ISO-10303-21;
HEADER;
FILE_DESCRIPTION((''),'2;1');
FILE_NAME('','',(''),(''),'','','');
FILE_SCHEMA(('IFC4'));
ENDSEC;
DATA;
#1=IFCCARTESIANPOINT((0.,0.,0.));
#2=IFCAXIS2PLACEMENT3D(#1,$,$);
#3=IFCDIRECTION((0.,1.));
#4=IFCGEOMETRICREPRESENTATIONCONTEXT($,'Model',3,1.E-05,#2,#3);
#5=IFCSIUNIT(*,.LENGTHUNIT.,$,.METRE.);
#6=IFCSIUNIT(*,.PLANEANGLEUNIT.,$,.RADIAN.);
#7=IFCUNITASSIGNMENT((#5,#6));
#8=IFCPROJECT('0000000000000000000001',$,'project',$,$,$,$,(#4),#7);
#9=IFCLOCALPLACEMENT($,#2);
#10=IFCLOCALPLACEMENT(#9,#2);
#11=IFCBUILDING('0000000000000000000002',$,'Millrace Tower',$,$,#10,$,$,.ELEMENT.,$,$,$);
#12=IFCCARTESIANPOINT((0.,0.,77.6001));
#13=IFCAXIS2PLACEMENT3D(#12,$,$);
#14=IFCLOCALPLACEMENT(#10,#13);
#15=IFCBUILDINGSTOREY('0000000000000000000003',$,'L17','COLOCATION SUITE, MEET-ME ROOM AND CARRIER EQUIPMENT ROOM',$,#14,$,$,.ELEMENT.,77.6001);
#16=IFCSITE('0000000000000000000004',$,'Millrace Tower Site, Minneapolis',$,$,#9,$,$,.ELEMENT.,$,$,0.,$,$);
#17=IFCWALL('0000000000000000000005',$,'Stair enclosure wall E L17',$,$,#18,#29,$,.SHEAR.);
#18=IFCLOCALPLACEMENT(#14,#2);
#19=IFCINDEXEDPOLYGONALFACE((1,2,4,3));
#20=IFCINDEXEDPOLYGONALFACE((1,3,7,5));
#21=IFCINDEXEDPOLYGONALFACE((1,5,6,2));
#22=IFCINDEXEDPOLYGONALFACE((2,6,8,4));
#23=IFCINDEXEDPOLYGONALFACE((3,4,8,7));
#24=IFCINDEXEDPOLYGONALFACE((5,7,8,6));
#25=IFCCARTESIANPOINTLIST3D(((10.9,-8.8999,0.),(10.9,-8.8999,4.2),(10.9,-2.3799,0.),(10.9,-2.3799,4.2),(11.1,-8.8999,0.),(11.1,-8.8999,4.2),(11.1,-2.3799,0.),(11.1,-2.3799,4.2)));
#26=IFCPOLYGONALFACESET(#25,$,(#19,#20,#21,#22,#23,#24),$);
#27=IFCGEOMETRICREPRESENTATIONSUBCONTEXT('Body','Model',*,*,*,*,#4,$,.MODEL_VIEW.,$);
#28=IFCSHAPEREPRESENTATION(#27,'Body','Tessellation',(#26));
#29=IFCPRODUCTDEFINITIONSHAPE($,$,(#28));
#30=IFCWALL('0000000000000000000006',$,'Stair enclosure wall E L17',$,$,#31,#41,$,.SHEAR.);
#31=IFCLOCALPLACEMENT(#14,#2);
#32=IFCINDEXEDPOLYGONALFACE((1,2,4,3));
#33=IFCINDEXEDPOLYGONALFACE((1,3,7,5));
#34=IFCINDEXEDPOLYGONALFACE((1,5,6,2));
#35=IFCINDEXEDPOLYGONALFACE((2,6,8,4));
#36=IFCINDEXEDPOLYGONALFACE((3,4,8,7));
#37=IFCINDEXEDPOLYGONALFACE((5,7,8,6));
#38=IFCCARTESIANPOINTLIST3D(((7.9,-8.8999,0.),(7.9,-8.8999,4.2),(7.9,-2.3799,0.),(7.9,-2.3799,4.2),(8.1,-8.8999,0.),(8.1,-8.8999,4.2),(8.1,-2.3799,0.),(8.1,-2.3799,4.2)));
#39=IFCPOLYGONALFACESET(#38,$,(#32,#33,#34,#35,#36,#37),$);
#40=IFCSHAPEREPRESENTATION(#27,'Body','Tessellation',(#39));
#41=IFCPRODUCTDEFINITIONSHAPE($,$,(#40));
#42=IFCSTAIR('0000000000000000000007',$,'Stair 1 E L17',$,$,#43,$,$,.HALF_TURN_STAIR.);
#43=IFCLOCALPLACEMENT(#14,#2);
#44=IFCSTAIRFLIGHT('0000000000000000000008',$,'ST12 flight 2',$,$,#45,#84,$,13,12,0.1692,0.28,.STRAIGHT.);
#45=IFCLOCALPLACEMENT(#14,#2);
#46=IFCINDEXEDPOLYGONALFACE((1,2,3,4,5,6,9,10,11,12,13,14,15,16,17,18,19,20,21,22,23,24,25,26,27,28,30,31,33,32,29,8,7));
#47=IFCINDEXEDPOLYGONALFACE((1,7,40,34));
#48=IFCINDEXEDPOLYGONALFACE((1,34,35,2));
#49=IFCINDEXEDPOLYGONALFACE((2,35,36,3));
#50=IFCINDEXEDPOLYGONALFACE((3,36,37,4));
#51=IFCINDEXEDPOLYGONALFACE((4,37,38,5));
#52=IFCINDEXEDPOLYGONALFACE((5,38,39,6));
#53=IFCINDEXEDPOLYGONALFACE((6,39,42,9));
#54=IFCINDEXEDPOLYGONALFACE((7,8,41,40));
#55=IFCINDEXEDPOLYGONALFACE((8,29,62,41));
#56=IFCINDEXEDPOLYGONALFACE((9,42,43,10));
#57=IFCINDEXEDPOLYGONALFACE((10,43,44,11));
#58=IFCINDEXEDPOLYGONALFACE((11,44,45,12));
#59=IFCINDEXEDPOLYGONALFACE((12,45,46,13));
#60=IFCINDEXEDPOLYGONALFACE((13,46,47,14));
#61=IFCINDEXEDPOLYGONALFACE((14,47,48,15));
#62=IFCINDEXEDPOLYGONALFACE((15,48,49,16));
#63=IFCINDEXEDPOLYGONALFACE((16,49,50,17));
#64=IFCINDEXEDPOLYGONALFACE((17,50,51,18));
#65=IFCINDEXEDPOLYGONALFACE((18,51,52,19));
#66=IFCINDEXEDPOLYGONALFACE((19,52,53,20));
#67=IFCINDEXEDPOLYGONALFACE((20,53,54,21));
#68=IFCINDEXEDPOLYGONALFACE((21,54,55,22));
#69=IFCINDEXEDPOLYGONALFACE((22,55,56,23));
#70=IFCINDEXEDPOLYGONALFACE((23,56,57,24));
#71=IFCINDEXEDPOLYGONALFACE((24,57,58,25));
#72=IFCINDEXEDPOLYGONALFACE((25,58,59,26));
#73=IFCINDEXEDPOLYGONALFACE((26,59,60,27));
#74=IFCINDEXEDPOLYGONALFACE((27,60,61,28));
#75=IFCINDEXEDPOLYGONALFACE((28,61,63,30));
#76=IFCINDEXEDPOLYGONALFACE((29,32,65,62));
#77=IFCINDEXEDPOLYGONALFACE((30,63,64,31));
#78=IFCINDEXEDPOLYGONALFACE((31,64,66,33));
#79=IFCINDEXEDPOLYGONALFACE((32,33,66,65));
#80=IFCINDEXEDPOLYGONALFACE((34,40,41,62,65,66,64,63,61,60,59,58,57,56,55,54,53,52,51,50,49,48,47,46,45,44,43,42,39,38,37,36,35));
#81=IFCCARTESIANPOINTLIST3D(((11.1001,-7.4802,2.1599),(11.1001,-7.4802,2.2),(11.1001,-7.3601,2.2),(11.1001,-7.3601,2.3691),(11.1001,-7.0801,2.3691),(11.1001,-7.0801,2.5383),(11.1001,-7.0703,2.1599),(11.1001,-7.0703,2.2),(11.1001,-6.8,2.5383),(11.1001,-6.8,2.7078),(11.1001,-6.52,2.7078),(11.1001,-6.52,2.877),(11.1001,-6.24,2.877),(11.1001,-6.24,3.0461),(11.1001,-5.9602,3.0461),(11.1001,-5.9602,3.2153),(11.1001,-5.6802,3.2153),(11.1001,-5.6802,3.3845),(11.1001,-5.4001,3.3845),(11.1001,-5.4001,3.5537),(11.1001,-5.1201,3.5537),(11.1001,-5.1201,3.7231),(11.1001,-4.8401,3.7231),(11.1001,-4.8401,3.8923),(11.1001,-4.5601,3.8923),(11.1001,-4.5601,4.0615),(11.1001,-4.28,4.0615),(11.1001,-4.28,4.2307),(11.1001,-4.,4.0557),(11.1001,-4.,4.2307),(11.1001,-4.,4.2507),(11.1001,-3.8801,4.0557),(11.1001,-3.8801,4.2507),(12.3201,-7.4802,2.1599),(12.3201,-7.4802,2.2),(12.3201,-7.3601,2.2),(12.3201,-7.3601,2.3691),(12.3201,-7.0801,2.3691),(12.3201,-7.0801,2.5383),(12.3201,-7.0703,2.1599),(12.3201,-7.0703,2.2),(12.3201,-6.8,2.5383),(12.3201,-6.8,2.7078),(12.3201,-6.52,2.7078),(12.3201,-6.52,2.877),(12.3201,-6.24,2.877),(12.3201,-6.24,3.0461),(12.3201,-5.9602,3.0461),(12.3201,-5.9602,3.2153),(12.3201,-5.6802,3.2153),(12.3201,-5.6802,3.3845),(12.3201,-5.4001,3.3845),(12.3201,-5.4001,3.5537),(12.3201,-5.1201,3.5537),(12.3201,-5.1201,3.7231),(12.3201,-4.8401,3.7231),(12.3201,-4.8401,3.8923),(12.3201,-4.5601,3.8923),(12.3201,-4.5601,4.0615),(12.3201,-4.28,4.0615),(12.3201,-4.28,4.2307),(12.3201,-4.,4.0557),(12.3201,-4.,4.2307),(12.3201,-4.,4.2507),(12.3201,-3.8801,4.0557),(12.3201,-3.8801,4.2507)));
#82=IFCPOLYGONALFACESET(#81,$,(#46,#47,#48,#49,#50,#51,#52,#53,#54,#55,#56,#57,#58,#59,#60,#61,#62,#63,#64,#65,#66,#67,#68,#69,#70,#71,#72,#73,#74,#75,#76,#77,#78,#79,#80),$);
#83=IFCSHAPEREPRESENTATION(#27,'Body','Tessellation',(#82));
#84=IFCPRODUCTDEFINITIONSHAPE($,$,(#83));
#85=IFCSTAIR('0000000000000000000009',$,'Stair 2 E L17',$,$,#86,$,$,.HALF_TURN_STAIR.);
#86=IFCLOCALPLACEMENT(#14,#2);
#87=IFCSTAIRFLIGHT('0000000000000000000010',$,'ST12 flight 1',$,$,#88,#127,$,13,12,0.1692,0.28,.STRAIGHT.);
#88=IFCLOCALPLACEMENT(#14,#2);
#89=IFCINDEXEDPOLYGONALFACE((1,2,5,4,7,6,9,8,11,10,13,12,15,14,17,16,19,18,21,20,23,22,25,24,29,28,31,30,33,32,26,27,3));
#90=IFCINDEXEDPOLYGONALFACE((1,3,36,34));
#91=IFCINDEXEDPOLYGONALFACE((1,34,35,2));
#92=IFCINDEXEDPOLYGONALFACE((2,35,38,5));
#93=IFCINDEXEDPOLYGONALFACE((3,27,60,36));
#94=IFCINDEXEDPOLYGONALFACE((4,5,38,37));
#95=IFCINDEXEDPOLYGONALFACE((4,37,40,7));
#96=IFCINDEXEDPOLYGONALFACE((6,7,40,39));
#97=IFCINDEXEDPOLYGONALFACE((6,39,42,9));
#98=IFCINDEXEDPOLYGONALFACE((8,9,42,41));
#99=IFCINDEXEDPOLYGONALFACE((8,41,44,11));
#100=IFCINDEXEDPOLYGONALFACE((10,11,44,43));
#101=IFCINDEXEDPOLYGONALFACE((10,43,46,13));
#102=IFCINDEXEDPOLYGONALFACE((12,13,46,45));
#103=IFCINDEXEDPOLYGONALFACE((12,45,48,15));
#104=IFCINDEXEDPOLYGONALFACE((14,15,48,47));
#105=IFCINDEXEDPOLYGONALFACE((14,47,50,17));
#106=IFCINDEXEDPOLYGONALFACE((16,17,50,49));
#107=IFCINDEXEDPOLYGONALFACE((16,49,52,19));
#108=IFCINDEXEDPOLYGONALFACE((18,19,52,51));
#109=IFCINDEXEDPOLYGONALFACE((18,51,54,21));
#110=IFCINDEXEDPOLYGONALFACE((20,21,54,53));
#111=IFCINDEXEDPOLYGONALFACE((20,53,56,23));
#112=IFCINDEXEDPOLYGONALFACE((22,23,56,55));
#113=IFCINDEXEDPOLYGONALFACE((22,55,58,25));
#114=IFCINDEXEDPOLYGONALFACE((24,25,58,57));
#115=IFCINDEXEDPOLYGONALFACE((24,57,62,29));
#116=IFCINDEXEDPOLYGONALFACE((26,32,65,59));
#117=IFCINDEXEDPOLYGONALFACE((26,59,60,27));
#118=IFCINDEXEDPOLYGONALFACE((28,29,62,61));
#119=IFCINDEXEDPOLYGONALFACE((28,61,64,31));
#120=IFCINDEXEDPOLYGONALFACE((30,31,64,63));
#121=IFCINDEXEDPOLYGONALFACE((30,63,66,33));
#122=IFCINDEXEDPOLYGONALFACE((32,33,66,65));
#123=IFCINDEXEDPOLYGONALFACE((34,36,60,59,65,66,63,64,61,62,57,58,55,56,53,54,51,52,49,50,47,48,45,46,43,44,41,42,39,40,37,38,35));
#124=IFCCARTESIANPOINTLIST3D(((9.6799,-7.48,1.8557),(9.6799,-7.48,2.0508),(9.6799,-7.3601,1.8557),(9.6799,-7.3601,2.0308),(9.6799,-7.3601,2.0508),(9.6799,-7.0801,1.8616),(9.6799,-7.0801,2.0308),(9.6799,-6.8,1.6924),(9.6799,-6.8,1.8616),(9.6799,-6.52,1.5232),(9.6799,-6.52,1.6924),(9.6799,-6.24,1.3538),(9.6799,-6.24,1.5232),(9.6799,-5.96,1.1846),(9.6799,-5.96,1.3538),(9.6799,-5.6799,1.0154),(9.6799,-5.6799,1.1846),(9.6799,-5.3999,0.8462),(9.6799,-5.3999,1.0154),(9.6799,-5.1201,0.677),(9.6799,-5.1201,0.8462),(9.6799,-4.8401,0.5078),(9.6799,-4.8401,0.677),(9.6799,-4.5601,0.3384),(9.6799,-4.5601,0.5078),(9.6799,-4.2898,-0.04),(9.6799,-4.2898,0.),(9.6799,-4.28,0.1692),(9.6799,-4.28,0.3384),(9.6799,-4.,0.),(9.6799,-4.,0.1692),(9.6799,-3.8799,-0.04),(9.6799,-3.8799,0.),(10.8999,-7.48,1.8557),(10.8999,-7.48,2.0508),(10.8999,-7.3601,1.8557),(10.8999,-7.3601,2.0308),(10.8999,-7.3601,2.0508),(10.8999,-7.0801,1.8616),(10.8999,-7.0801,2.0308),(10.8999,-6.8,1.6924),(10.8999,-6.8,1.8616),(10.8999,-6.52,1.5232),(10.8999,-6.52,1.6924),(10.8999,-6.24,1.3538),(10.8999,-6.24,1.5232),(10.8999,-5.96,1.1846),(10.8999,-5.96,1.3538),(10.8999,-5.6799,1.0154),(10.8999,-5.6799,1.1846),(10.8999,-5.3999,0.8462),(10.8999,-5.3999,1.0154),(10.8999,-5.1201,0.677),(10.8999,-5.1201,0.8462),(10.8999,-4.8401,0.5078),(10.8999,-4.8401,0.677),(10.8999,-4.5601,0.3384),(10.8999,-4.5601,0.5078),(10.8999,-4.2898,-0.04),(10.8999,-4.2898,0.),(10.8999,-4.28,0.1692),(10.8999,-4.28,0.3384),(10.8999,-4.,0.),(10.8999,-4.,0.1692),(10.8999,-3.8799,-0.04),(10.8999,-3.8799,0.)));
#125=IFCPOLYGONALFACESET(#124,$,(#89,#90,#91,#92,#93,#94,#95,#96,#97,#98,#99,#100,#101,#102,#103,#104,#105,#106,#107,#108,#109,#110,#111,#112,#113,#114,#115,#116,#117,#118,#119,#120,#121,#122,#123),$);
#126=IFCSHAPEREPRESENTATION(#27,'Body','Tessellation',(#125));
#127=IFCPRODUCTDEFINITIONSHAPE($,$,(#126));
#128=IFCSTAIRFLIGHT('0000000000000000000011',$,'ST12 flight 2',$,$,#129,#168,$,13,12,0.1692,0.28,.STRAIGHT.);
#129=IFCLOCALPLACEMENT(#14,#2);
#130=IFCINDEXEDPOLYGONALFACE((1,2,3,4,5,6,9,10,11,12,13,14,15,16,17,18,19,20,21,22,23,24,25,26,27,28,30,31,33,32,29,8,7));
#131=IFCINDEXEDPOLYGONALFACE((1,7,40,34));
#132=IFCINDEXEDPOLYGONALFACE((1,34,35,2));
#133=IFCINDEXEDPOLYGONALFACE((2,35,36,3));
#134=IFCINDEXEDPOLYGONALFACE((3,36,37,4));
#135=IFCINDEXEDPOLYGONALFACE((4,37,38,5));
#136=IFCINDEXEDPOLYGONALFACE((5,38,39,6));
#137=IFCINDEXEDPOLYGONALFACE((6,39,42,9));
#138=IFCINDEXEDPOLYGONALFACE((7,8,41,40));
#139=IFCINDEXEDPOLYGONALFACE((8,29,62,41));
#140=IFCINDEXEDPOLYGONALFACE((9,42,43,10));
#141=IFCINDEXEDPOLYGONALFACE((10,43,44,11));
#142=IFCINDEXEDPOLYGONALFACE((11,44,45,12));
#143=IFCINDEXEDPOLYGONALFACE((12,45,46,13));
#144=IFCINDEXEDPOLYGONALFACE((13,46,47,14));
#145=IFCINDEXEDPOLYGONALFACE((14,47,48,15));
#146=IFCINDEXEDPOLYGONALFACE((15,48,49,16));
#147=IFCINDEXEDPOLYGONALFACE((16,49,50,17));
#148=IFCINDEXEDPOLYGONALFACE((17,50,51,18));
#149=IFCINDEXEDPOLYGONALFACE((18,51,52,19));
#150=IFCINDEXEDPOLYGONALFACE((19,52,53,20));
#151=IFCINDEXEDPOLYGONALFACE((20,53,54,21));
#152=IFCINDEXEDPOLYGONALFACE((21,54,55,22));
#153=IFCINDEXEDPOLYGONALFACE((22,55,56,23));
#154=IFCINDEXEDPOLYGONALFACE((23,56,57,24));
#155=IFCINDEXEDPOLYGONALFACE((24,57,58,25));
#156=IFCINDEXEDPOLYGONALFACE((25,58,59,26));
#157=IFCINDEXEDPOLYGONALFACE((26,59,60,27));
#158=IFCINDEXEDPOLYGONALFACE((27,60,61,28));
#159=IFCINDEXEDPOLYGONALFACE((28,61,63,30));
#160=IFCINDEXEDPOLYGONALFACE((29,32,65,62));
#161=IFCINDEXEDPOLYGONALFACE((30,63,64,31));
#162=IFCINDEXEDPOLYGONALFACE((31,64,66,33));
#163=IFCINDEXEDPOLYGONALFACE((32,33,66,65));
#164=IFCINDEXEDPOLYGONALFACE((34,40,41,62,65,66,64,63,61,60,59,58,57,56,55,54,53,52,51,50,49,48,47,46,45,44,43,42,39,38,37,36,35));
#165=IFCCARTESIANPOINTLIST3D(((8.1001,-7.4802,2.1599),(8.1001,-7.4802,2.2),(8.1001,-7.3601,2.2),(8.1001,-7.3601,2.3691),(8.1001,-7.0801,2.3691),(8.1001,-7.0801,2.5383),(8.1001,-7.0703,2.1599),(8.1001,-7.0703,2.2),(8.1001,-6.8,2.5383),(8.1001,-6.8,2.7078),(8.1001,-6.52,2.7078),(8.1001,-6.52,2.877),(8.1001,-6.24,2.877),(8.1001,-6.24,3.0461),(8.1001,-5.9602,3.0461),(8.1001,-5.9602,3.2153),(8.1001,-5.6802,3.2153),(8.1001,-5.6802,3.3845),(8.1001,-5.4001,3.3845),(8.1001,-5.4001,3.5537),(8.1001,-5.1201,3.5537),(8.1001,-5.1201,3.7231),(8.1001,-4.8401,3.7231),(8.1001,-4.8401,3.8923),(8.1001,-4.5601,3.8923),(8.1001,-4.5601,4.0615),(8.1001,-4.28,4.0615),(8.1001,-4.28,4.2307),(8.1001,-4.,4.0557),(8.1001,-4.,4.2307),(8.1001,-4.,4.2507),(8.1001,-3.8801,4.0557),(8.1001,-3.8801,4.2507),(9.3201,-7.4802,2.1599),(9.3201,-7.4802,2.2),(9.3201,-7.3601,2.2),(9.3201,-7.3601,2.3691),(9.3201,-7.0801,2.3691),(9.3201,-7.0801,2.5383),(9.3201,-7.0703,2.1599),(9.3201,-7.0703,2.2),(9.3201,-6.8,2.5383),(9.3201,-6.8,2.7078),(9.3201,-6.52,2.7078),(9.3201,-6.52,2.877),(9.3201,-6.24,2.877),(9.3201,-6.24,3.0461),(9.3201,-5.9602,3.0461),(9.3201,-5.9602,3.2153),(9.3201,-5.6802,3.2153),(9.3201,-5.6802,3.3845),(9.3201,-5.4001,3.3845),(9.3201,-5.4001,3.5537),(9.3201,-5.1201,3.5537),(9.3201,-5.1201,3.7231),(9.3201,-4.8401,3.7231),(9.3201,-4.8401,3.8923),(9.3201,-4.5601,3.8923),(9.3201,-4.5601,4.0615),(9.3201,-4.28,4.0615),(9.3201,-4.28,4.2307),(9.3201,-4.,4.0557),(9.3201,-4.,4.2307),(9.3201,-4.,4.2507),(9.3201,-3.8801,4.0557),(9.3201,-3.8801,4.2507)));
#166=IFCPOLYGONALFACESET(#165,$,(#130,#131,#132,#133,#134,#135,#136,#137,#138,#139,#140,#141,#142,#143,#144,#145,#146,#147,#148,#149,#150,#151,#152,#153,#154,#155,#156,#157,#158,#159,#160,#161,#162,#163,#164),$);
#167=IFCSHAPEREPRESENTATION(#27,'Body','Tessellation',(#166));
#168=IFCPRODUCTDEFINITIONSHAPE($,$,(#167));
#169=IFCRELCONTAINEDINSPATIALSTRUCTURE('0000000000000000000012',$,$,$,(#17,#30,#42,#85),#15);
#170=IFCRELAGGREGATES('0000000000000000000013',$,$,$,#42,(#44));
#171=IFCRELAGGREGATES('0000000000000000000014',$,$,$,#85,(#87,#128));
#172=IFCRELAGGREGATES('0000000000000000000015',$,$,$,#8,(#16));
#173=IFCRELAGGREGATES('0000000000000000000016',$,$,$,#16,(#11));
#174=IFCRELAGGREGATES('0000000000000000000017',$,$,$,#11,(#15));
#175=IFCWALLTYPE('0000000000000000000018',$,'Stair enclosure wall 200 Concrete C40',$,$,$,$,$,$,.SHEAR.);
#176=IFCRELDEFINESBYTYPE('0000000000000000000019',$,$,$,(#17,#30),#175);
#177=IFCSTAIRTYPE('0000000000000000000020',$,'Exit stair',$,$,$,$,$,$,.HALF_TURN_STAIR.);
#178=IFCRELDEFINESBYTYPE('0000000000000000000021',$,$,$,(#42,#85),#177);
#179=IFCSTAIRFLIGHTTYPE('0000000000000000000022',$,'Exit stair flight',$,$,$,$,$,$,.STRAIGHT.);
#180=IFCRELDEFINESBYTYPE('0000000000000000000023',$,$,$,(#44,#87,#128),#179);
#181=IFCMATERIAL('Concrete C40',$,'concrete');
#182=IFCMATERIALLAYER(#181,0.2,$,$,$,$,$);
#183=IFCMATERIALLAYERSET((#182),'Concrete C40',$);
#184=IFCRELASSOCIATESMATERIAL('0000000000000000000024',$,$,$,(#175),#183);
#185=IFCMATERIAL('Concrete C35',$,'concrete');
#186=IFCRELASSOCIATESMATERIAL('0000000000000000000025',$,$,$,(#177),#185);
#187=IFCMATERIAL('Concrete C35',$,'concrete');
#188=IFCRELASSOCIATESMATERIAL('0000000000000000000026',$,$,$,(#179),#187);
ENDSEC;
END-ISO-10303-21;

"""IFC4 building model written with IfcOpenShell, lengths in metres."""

from ifc_helpers import new_model, si_unit, direction, frame, frame_2d, origin, place, context, subcontext, project, spatial, polyline, rectangle, outline, extrude, material, layer, layer_set, type_object, element, aggregate, save


model = new_model("IFC4")

# Units and contexts
model_context = context("Model", 3, precision=1e-05, world=origin(), true_north=direction((0.0, 1.0)))
body_context = subcontext(model_context, "Body", "Model", "MODEL_VIEW")
ifc_project = project(units=[si_unit("LENGTHUNIT", "METRE"), si_unit("PLANEANGLEUNIT", "RADIAN")], contexts=[model_context])

# Site, building, storey
site_placement = place(None, origin())
site = spatial("IfcSite", under=ifc_project, at=site_placement, Name="Millrace Tower Site, Minneapolis", CompositionType="ELEMENT", RefElevation=0.0)
building_placement = place(site_placement, origin())
building = spatial("IfcBuilding", under=site, at=building_placement, Name="Millrace Tower", CompositionType="ELEMENT")
storey_placement = place(building_placement, frame((0.0, 0.0, 77.6001)))
storey = spatial("IfcBuildingStorey", under=building, at=storey_placement, Name="L17", Description="COLOCATION SUITE, MEET-ME ROOM AND CARRIER EQUIPMENT ROOM", CompositionType="ELEMENT", Elevation=77.6001)

# Shared definitions
placement_1 = place(storey_placement, origin())

# Walls
ifc_material_1 = material(Name="Concrete C40", Category="concrete")
ifc_layer_1 = layer(ifc_material_1, 0.2)
ifc_layer_set_1 = layer_set([ifc_layer_1], Name="Concrete C40")
wall_type_1 = type_object("IfcWallType", Name="Stair enclosure wall 200 Concrete C40", PredefinedType="SHEAR", material=ifc_layer_set_1)
for number, where, z_axis, x_axis, name in (
    (1, (11.0, -2.3799, 0.0), (0.0, 0.0, 1.0), (0.0, -1.0, 0.0), "Stair enclosure wall E L17"),
    (2, (8.0, -2.3799, 0.0), (0.0, 0.0, 1.0), (0.0, -1.0, 0.0), "Stair enclosure wall E L17"),
):
    element("IfcWall", number, at=place(storey_placement, frame(where, z_axis=z_axis, x_axis=x_axis)), inside=storey, type_object=wall_type_1, Name=name, PredefinedType="SHEAR", context=body_context, shape_type="SweptSolid", body=[
        extrude(rectangle(XDim=6.52, YDim=0.2, at=frame_2d((3.26, 0.0))), origin(), (0.0, 0.0, 1.0), 4.2),
    ])

# Stair, stair flight
ifc_material_2 = material(Name="Concrete C35", Category="concrete")
stair_type = type_object("IfcStairType", Name="Exit stair", PredefinedType="HALF_TURN_STAIR", material=ifc_material_2)
stair_1 = element("IfcStair", 3, at=placement_1, inside=storey, type_object=stair_type, Name="Stair 1 E L17", PredefinedType="HALF_TURN_STAIR")
ifc_material_3 = material(Name="Concrete C35", Category="concrete")
stair_flight_type = type_object("IfcStairFlightType", Name="Exit stair flight", PredefinedType="STRAIGHT", material=ifc_material_3)
stair_flight_1_placement = place(storey_placement, frame((11.71, -7.3601, 2.2), z_axis=(0.0, 0.0, 1.0), x_axis=(0.0, 1.0, 0.0)))
stair_flight_1 = element("IfcStairFlight", 4, at=stair_flight_1_placement, type_object=stair_flight_type, Name="ST12 flight 2", NumberOfRisers=13, NumberOfTreads=12, PredefinedType="STRAIGHT", RiserHeight=0.1692, TreadLength=0.28, context=body_context, shape_type="SweptSolid", body=[
    extrude(outline(polyline([(-0.1201, -0.04), (-0.1201, 0.0), (0.0, 0.0), (0.0, 0.1692), (0.28, 0.1692), (0.28, 0.3384), (0.5601, 0.3384), (0.5601, 0.5078), (0.8401, 0.5078), (0.8401, 0.677), (1.1201, 0.677), (1.1201, 0.8462), (1.3999, 0.8462), (1.3999, 1.0154), (1.6799, 1.0154), (1.6799, 1.1846), (1.96, 1.1846), (1.96, 1.3538), (2.24, 1.3538), (2.24, 1.5232), (2.52, 1.5232), (2.52, 1.6924), (2.8, 1.6924), (2.8, 1.8616), (3.0801, 1.8616), (3.0801, 2.0308), (3.3601, 2.0308), (3.3601, 2.0508), (3.48, 2.0508), (3.48, 1.8557), (3.3601, 1.8557), (0.2898, 0.0), (0.2898, -0.04), (-0.1201, -0.04)])), frame((0.0, 0.6099, 0.0), z_axis=(0.0, -1.0, 0.0), x_axis=(1.0, 0.0, 0.0)), (0.0, 0.0, 1.0), 1.22),
])
aggregate(stair_1, [stair_flight_1])

# Stair, stair flights
stair_2 = element("IfcStair", 5, at=placement_1, inside=storey, type_object=stair_type, Name="Stair 2 E L17", PredefinedType="HALF_TURN_STAIR")
stair_flight_2_placement = place(storey_placement, frame((10.29, -4.0, 0.0), z_axis=(0.0, 0.0, 1.0), x_axis=(0.0, -1.0, 0.0)))
stair_flight_2 = element("IfcStairFlight", 6, at=stair_flight_2_placement, type_object=stair_flight_type, Name="ST12 flight 1", NumberOfRisers=13, NumberOfTreads=12, PredefinedType="STRAIGHT", RiserHeight=0.1692, TreadLength=0.28, context=body_context, shape_type="SweptSolid", body=[
    extrude(outline(polyline([(-0.1201, -0.04), (-0.1201, 0.0), (0.0, 0.0), (0.0, 0.1692), (0.28, 0.1692), (0.28, 0.3384), (0.5601, 0.3384), (0.5601, 0.5078), (0.8401, 0.5078), (0.8401, 0.677), (1.1201, 0.677), (1.1201, 0.8462), (1.3999, 0.8462), (1.3999, 1.0154), (1.6799, 1.0154), (1.6799, 1.1846), (1.96, 1.1846), (1.96, 1.3538), (2.24, 1.3538), (2.24, 1.5232), (2.52, 1.5232), (2.52, 1.6924), (2.8, 1.6924), (2.8, 1.8616), (3.0801, 1.8616), (3.0801, 2.0308), (3.3601, 2.0308), (3.3601, 2.0508), (3.48, 2.0508), (3.48, 1.8557), (3.3601, 1.8557), (0.2898, 0.0), (0.2898, -0.04), (-0.1201, -0.04)])), frame((0.0, 0.6099, 0.0), z_axis=(0.0, -1.0, 0.0), x_axis=(1.0, 0.0, 0.0)), (0.0, 0.0, 1.0), 1.22),
])
stair_flight_3_placement = place(storey_placement, frame((8.71, -7.3601, 2.2), z_axis=(0.0, 0.0, 1.0), x_axis=(0.0, 1.0, 0.0)))
stair_flight_3 = element("IfcStairFlight", 7, at=stair_flight_3_placement, type_object=stair_flight_type, Name="ST12 flight 2", NumberOfRisers=13, NumberOfTreads=12, PredefinedType="STRAIGHT", RiserHeight=0.1692, TreadLength=0.28, context=body_context, shape_type="SweptSolid", body=[
    extrude(outline(polyline([(-0.1201, -0.04), (-0.1201, 0.0), (0.0, 0.0), (0.0, 0.1692), (0.28, 0.1692), (0.28, 0.3384), (0.5601, 0.3384), (0.5601, 0.5078), (0.8401, 0.5078), (0.8401, 0.677), (1.1201, 0.677), (1.1201, 0.8462), (1.3999, 0.8462), (1.3999, 1.0154), (1.6799, 1.0154), (1.6799, 1.1846), (1.96, 1.1846), (1.96, 1.3538), (2.24, 1.3538), (2.24, 1.5232), (2.52, 1.5232), (2.52, 1.6924), (2.8, 1.6924), (2.8, 1.8616), (3.0801, 1.8616), (3.0801, 2.0308), (3.3601, 2.0308), (3.3601, 2.0508), (3.48, 2.0508), (3.48, 1.8557), (3.3601, 1.8557), (0.2898, 0.0), (0.2898, -0.04), (-0.1201, -0.04)])), frame((0.0, 0.6099, 0.0), z_axis=(0.0, -1.0, 0.0), x_axis=(1.0, 0.0, 0.0)), (0.0, 0.0, 1.0), 1.22),
])
aggregate(stair_2, [stair_flight_2, stair_flight_3])

save(model, "model.ifc")
